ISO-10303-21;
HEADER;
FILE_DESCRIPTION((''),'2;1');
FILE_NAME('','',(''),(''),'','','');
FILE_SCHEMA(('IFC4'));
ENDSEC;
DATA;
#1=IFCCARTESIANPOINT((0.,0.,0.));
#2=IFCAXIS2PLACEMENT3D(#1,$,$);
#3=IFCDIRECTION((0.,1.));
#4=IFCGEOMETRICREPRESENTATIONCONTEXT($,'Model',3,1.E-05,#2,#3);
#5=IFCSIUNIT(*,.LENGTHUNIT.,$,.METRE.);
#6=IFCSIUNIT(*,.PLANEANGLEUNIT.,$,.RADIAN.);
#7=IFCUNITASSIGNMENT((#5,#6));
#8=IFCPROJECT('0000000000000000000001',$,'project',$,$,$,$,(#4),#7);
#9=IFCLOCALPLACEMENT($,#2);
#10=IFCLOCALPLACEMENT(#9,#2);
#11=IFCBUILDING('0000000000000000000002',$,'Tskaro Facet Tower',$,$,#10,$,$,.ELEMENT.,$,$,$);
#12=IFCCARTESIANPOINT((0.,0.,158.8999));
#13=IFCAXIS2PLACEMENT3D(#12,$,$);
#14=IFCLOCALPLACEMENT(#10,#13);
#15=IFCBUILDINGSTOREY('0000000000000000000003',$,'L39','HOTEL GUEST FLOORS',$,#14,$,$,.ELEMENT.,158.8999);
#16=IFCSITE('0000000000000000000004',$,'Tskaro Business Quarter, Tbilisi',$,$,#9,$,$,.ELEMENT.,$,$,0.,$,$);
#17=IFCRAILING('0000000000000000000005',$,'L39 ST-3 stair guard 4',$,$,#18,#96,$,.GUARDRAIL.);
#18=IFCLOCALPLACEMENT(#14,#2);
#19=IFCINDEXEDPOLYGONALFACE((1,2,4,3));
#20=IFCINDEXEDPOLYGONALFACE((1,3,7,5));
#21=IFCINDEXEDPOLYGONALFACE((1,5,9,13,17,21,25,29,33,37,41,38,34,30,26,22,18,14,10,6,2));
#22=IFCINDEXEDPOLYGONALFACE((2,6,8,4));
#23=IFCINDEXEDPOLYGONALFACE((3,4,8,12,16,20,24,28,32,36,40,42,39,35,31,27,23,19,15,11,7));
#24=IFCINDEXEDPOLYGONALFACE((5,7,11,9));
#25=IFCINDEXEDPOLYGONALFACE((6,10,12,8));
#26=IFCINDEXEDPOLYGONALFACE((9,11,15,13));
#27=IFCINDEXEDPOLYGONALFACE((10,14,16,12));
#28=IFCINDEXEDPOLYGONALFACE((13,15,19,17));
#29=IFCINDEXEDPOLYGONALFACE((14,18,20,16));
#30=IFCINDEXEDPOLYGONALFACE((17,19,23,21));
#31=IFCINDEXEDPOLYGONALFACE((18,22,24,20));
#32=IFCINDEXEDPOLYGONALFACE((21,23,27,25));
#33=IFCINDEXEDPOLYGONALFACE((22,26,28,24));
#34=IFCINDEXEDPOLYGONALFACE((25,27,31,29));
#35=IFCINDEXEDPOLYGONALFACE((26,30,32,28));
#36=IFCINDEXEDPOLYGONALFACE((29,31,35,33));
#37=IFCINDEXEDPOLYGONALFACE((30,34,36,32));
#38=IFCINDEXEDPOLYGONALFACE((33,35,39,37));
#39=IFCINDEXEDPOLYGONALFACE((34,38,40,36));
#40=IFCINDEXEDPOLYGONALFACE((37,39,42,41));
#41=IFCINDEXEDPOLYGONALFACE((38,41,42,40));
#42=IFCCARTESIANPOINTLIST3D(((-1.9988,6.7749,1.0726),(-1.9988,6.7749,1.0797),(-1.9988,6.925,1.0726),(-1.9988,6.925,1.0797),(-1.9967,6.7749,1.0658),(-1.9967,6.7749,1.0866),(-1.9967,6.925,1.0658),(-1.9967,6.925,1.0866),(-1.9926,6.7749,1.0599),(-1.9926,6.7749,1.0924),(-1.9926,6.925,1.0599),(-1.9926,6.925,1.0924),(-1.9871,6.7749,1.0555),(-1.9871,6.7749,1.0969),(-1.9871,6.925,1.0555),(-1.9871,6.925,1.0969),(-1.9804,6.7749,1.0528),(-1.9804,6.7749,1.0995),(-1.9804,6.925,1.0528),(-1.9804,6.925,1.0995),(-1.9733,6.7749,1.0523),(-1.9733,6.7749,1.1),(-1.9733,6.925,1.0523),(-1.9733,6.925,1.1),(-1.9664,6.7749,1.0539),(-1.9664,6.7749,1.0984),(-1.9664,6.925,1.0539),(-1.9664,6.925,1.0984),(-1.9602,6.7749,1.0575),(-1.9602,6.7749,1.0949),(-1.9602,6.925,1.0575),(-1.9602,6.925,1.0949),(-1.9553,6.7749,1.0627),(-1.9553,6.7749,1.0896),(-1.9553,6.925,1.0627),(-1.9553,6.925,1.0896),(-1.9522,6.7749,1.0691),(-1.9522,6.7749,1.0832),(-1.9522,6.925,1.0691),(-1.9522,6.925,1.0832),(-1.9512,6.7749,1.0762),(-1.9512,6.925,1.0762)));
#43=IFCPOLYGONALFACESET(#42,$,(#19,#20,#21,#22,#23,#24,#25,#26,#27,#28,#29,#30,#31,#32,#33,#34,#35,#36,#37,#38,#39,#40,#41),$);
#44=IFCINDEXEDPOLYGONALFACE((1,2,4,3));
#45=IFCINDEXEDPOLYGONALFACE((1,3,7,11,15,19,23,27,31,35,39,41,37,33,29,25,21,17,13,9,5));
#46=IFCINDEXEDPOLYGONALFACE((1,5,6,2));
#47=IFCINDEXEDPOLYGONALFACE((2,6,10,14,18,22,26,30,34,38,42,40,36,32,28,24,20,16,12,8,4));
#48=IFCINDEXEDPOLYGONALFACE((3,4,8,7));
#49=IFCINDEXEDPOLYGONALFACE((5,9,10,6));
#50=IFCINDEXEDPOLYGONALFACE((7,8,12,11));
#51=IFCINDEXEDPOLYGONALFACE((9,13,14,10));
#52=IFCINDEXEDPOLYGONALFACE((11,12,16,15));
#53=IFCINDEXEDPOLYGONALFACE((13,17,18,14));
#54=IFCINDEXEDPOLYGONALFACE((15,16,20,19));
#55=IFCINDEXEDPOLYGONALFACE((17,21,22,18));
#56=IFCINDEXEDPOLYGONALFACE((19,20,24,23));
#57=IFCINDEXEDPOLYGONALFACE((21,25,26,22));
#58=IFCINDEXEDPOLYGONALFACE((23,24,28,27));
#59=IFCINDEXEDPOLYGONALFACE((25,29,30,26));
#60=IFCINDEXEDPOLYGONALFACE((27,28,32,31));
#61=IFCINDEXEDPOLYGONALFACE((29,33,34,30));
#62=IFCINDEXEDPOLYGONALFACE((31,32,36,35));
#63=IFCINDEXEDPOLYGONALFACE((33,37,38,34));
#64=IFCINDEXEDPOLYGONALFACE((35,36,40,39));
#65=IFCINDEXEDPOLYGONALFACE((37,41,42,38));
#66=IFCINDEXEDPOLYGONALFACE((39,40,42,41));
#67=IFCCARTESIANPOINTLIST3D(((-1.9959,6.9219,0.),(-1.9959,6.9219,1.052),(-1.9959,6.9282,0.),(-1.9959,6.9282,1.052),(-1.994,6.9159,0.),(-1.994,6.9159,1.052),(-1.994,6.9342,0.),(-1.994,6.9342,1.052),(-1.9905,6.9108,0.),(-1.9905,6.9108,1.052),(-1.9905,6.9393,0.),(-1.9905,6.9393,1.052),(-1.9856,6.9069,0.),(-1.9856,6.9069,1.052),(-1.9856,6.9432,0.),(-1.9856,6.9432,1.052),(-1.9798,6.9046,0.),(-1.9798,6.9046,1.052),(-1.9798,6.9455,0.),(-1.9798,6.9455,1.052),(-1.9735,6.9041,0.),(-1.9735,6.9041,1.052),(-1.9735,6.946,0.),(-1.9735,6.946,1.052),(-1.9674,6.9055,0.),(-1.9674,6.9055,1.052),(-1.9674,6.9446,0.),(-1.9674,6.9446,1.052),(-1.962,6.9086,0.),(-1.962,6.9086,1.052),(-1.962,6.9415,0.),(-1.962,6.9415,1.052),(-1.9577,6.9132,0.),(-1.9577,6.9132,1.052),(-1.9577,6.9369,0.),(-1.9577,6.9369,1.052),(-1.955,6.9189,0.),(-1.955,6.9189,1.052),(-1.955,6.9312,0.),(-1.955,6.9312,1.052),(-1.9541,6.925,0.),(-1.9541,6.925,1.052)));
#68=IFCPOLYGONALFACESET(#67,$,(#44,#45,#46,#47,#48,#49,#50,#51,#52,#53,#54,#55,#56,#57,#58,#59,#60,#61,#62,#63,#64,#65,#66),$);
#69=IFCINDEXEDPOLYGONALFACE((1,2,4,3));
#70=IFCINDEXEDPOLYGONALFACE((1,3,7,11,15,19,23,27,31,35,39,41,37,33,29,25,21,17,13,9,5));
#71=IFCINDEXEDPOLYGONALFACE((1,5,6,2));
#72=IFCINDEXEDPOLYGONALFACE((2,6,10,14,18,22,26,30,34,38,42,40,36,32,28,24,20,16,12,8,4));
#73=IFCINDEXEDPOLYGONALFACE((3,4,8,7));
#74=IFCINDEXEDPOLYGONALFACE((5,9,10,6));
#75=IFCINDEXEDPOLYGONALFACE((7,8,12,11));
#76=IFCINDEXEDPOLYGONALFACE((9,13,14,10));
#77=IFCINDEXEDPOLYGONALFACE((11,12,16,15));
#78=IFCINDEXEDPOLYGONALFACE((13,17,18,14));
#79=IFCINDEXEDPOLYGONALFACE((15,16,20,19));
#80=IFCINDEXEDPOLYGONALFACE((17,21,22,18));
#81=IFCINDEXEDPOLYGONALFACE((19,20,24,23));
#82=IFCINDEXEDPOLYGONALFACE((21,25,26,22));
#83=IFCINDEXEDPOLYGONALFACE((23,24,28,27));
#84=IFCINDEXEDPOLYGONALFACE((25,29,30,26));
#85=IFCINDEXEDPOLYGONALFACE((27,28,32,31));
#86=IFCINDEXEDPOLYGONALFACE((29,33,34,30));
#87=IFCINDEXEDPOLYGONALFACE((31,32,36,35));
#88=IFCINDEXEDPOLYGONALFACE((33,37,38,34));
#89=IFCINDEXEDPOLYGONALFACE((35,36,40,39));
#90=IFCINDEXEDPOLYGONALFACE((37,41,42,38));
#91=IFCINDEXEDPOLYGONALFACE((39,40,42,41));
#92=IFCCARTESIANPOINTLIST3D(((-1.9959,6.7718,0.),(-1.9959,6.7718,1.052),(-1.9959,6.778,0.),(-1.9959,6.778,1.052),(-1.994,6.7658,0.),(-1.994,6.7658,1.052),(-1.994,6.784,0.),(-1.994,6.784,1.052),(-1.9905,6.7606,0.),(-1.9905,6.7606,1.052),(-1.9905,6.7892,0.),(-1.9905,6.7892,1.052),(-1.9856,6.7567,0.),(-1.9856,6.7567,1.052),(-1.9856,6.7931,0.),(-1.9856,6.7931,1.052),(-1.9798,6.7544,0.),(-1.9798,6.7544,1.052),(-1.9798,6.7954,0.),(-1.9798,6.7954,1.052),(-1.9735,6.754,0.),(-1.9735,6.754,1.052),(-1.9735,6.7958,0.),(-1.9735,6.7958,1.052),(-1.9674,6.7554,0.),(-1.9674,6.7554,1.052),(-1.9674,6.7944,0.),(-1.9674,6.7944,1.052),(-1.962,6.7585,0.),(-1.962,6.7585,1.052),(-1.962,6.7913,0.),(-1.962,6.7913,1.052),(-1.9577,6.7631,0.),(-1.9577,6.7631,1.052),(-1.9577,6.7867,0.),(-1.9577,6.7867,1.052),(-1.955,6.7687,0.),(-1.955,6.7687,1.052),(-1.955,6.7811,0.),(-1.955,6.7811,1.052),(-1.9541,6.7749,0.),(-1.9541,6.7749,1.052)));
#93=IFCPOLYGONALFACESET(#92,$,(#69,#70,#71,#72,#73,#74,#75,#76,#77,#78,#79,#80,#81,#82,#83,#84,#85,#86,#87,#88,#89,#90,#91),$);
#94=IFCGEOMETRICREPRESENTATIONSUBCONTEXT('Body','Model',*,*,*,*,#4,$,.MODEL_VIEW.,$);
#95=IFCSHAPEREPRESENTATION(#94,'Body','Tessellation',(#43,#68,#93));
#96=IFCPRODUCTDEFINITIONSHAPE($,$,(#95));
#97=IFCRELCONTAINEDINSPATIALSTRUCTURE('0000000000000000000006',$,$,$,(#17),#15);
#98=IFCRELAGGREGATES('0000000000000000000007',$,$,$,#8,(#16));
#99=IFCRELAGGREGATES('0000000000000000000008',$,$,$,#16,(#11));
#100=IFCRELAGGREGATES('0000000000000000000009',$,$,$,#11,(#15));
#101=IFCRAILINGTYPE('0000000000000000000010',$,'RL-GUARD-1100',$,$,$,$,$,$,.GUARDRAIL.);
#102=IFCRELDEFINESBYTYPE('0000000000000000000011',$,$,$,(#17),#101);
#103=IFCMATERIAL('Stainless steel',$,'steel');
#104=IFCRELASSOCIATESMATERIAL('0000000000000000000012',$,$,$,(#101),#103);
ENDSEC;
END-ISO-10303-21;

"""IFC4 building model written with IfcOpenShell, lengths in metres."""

from ifc_helpers import new_model, si_unit, direction, frame, origin, origin_2d, place, context, subcontext, project, spatial, circle, extrude, material, type_object, element, save


model = new_model("IFC4")

# Units and contexts
model_context = context("Model", 3, precision=1e-05, world=origin(), true_north=direction((0.0, 1.0)))
body_context = subcontext(model_context, "Body", "Model", "MODEL_VIEW")
ifc_project = project(units=[si_unit("LENGTHUNIT", "METRE"), si_unit("PLANEANGLEUNIT", "RADIAN")], contexts=[model_context])

# Site, building, storey
site_placement = place(None, origin())
site = spatial("IfcSite", under=ifc_project, at=site_placement, Name="Tskaro Business Quarter, Tbilisi", CompositionType="ELEMENT", RefElevation=0.0)
building_placement = place(site_placement, origin())
building = spatial("IfcBuilding", under=site, at=building_placement, Name="Tskaro Facet Tower", CompositionType="ELEMENT")
storey_placement = place(building_placement, frame((0.0, 0.0, 158.8999)))
storey = spatial("IfcBuildingStorey", under=building, at=storey_placement, Name="L39", Description="HOTEL GUEST FLOORS", CompositionType="ELEMENT", Elevation=158.8999)

# Railing
ifc_material_1 = material(Name="Stainless steel", Category="steel")
railing_type_1 = type_object("IfcRailingType", Name="RL-GUARD-1100", PredefinedType="GUARDRAIL", material=ifc_material_1)
railing_1_placement = place(storey_placement, frame((-1.9751, 6.925, 0.0)))
element("IfcRailing", 1, at=railing_1_placement, inside=storey, type_object=railing_type_1, Name="L39 ST-3 stair guard 4", PredefinedType="GUARDRAIL", context=body_context, shape_type="SweptSolid", body=[
    extrude(circle(Radius=0.0239, at=origin_2d()), frame((0.0, 0.0, 1.0762), z_axis=(0.0, -1.0, 0.0), x_axis=(1.0, 0.0, 0.0)), (0.0, 0.0, 1.0), 0.1501),
    extrude(circle(Radius=0.021, at=origin_2d()), origin(), (0.0, 0.0, 1.0), 1.052),
    extrude(circle(Radius=0.021, at=origin_2d()), frame((0.0, -0.1501, 0.0)), (0.0, 0.0, 1.0), 1.052),
])

save(model, "model.ifc")
